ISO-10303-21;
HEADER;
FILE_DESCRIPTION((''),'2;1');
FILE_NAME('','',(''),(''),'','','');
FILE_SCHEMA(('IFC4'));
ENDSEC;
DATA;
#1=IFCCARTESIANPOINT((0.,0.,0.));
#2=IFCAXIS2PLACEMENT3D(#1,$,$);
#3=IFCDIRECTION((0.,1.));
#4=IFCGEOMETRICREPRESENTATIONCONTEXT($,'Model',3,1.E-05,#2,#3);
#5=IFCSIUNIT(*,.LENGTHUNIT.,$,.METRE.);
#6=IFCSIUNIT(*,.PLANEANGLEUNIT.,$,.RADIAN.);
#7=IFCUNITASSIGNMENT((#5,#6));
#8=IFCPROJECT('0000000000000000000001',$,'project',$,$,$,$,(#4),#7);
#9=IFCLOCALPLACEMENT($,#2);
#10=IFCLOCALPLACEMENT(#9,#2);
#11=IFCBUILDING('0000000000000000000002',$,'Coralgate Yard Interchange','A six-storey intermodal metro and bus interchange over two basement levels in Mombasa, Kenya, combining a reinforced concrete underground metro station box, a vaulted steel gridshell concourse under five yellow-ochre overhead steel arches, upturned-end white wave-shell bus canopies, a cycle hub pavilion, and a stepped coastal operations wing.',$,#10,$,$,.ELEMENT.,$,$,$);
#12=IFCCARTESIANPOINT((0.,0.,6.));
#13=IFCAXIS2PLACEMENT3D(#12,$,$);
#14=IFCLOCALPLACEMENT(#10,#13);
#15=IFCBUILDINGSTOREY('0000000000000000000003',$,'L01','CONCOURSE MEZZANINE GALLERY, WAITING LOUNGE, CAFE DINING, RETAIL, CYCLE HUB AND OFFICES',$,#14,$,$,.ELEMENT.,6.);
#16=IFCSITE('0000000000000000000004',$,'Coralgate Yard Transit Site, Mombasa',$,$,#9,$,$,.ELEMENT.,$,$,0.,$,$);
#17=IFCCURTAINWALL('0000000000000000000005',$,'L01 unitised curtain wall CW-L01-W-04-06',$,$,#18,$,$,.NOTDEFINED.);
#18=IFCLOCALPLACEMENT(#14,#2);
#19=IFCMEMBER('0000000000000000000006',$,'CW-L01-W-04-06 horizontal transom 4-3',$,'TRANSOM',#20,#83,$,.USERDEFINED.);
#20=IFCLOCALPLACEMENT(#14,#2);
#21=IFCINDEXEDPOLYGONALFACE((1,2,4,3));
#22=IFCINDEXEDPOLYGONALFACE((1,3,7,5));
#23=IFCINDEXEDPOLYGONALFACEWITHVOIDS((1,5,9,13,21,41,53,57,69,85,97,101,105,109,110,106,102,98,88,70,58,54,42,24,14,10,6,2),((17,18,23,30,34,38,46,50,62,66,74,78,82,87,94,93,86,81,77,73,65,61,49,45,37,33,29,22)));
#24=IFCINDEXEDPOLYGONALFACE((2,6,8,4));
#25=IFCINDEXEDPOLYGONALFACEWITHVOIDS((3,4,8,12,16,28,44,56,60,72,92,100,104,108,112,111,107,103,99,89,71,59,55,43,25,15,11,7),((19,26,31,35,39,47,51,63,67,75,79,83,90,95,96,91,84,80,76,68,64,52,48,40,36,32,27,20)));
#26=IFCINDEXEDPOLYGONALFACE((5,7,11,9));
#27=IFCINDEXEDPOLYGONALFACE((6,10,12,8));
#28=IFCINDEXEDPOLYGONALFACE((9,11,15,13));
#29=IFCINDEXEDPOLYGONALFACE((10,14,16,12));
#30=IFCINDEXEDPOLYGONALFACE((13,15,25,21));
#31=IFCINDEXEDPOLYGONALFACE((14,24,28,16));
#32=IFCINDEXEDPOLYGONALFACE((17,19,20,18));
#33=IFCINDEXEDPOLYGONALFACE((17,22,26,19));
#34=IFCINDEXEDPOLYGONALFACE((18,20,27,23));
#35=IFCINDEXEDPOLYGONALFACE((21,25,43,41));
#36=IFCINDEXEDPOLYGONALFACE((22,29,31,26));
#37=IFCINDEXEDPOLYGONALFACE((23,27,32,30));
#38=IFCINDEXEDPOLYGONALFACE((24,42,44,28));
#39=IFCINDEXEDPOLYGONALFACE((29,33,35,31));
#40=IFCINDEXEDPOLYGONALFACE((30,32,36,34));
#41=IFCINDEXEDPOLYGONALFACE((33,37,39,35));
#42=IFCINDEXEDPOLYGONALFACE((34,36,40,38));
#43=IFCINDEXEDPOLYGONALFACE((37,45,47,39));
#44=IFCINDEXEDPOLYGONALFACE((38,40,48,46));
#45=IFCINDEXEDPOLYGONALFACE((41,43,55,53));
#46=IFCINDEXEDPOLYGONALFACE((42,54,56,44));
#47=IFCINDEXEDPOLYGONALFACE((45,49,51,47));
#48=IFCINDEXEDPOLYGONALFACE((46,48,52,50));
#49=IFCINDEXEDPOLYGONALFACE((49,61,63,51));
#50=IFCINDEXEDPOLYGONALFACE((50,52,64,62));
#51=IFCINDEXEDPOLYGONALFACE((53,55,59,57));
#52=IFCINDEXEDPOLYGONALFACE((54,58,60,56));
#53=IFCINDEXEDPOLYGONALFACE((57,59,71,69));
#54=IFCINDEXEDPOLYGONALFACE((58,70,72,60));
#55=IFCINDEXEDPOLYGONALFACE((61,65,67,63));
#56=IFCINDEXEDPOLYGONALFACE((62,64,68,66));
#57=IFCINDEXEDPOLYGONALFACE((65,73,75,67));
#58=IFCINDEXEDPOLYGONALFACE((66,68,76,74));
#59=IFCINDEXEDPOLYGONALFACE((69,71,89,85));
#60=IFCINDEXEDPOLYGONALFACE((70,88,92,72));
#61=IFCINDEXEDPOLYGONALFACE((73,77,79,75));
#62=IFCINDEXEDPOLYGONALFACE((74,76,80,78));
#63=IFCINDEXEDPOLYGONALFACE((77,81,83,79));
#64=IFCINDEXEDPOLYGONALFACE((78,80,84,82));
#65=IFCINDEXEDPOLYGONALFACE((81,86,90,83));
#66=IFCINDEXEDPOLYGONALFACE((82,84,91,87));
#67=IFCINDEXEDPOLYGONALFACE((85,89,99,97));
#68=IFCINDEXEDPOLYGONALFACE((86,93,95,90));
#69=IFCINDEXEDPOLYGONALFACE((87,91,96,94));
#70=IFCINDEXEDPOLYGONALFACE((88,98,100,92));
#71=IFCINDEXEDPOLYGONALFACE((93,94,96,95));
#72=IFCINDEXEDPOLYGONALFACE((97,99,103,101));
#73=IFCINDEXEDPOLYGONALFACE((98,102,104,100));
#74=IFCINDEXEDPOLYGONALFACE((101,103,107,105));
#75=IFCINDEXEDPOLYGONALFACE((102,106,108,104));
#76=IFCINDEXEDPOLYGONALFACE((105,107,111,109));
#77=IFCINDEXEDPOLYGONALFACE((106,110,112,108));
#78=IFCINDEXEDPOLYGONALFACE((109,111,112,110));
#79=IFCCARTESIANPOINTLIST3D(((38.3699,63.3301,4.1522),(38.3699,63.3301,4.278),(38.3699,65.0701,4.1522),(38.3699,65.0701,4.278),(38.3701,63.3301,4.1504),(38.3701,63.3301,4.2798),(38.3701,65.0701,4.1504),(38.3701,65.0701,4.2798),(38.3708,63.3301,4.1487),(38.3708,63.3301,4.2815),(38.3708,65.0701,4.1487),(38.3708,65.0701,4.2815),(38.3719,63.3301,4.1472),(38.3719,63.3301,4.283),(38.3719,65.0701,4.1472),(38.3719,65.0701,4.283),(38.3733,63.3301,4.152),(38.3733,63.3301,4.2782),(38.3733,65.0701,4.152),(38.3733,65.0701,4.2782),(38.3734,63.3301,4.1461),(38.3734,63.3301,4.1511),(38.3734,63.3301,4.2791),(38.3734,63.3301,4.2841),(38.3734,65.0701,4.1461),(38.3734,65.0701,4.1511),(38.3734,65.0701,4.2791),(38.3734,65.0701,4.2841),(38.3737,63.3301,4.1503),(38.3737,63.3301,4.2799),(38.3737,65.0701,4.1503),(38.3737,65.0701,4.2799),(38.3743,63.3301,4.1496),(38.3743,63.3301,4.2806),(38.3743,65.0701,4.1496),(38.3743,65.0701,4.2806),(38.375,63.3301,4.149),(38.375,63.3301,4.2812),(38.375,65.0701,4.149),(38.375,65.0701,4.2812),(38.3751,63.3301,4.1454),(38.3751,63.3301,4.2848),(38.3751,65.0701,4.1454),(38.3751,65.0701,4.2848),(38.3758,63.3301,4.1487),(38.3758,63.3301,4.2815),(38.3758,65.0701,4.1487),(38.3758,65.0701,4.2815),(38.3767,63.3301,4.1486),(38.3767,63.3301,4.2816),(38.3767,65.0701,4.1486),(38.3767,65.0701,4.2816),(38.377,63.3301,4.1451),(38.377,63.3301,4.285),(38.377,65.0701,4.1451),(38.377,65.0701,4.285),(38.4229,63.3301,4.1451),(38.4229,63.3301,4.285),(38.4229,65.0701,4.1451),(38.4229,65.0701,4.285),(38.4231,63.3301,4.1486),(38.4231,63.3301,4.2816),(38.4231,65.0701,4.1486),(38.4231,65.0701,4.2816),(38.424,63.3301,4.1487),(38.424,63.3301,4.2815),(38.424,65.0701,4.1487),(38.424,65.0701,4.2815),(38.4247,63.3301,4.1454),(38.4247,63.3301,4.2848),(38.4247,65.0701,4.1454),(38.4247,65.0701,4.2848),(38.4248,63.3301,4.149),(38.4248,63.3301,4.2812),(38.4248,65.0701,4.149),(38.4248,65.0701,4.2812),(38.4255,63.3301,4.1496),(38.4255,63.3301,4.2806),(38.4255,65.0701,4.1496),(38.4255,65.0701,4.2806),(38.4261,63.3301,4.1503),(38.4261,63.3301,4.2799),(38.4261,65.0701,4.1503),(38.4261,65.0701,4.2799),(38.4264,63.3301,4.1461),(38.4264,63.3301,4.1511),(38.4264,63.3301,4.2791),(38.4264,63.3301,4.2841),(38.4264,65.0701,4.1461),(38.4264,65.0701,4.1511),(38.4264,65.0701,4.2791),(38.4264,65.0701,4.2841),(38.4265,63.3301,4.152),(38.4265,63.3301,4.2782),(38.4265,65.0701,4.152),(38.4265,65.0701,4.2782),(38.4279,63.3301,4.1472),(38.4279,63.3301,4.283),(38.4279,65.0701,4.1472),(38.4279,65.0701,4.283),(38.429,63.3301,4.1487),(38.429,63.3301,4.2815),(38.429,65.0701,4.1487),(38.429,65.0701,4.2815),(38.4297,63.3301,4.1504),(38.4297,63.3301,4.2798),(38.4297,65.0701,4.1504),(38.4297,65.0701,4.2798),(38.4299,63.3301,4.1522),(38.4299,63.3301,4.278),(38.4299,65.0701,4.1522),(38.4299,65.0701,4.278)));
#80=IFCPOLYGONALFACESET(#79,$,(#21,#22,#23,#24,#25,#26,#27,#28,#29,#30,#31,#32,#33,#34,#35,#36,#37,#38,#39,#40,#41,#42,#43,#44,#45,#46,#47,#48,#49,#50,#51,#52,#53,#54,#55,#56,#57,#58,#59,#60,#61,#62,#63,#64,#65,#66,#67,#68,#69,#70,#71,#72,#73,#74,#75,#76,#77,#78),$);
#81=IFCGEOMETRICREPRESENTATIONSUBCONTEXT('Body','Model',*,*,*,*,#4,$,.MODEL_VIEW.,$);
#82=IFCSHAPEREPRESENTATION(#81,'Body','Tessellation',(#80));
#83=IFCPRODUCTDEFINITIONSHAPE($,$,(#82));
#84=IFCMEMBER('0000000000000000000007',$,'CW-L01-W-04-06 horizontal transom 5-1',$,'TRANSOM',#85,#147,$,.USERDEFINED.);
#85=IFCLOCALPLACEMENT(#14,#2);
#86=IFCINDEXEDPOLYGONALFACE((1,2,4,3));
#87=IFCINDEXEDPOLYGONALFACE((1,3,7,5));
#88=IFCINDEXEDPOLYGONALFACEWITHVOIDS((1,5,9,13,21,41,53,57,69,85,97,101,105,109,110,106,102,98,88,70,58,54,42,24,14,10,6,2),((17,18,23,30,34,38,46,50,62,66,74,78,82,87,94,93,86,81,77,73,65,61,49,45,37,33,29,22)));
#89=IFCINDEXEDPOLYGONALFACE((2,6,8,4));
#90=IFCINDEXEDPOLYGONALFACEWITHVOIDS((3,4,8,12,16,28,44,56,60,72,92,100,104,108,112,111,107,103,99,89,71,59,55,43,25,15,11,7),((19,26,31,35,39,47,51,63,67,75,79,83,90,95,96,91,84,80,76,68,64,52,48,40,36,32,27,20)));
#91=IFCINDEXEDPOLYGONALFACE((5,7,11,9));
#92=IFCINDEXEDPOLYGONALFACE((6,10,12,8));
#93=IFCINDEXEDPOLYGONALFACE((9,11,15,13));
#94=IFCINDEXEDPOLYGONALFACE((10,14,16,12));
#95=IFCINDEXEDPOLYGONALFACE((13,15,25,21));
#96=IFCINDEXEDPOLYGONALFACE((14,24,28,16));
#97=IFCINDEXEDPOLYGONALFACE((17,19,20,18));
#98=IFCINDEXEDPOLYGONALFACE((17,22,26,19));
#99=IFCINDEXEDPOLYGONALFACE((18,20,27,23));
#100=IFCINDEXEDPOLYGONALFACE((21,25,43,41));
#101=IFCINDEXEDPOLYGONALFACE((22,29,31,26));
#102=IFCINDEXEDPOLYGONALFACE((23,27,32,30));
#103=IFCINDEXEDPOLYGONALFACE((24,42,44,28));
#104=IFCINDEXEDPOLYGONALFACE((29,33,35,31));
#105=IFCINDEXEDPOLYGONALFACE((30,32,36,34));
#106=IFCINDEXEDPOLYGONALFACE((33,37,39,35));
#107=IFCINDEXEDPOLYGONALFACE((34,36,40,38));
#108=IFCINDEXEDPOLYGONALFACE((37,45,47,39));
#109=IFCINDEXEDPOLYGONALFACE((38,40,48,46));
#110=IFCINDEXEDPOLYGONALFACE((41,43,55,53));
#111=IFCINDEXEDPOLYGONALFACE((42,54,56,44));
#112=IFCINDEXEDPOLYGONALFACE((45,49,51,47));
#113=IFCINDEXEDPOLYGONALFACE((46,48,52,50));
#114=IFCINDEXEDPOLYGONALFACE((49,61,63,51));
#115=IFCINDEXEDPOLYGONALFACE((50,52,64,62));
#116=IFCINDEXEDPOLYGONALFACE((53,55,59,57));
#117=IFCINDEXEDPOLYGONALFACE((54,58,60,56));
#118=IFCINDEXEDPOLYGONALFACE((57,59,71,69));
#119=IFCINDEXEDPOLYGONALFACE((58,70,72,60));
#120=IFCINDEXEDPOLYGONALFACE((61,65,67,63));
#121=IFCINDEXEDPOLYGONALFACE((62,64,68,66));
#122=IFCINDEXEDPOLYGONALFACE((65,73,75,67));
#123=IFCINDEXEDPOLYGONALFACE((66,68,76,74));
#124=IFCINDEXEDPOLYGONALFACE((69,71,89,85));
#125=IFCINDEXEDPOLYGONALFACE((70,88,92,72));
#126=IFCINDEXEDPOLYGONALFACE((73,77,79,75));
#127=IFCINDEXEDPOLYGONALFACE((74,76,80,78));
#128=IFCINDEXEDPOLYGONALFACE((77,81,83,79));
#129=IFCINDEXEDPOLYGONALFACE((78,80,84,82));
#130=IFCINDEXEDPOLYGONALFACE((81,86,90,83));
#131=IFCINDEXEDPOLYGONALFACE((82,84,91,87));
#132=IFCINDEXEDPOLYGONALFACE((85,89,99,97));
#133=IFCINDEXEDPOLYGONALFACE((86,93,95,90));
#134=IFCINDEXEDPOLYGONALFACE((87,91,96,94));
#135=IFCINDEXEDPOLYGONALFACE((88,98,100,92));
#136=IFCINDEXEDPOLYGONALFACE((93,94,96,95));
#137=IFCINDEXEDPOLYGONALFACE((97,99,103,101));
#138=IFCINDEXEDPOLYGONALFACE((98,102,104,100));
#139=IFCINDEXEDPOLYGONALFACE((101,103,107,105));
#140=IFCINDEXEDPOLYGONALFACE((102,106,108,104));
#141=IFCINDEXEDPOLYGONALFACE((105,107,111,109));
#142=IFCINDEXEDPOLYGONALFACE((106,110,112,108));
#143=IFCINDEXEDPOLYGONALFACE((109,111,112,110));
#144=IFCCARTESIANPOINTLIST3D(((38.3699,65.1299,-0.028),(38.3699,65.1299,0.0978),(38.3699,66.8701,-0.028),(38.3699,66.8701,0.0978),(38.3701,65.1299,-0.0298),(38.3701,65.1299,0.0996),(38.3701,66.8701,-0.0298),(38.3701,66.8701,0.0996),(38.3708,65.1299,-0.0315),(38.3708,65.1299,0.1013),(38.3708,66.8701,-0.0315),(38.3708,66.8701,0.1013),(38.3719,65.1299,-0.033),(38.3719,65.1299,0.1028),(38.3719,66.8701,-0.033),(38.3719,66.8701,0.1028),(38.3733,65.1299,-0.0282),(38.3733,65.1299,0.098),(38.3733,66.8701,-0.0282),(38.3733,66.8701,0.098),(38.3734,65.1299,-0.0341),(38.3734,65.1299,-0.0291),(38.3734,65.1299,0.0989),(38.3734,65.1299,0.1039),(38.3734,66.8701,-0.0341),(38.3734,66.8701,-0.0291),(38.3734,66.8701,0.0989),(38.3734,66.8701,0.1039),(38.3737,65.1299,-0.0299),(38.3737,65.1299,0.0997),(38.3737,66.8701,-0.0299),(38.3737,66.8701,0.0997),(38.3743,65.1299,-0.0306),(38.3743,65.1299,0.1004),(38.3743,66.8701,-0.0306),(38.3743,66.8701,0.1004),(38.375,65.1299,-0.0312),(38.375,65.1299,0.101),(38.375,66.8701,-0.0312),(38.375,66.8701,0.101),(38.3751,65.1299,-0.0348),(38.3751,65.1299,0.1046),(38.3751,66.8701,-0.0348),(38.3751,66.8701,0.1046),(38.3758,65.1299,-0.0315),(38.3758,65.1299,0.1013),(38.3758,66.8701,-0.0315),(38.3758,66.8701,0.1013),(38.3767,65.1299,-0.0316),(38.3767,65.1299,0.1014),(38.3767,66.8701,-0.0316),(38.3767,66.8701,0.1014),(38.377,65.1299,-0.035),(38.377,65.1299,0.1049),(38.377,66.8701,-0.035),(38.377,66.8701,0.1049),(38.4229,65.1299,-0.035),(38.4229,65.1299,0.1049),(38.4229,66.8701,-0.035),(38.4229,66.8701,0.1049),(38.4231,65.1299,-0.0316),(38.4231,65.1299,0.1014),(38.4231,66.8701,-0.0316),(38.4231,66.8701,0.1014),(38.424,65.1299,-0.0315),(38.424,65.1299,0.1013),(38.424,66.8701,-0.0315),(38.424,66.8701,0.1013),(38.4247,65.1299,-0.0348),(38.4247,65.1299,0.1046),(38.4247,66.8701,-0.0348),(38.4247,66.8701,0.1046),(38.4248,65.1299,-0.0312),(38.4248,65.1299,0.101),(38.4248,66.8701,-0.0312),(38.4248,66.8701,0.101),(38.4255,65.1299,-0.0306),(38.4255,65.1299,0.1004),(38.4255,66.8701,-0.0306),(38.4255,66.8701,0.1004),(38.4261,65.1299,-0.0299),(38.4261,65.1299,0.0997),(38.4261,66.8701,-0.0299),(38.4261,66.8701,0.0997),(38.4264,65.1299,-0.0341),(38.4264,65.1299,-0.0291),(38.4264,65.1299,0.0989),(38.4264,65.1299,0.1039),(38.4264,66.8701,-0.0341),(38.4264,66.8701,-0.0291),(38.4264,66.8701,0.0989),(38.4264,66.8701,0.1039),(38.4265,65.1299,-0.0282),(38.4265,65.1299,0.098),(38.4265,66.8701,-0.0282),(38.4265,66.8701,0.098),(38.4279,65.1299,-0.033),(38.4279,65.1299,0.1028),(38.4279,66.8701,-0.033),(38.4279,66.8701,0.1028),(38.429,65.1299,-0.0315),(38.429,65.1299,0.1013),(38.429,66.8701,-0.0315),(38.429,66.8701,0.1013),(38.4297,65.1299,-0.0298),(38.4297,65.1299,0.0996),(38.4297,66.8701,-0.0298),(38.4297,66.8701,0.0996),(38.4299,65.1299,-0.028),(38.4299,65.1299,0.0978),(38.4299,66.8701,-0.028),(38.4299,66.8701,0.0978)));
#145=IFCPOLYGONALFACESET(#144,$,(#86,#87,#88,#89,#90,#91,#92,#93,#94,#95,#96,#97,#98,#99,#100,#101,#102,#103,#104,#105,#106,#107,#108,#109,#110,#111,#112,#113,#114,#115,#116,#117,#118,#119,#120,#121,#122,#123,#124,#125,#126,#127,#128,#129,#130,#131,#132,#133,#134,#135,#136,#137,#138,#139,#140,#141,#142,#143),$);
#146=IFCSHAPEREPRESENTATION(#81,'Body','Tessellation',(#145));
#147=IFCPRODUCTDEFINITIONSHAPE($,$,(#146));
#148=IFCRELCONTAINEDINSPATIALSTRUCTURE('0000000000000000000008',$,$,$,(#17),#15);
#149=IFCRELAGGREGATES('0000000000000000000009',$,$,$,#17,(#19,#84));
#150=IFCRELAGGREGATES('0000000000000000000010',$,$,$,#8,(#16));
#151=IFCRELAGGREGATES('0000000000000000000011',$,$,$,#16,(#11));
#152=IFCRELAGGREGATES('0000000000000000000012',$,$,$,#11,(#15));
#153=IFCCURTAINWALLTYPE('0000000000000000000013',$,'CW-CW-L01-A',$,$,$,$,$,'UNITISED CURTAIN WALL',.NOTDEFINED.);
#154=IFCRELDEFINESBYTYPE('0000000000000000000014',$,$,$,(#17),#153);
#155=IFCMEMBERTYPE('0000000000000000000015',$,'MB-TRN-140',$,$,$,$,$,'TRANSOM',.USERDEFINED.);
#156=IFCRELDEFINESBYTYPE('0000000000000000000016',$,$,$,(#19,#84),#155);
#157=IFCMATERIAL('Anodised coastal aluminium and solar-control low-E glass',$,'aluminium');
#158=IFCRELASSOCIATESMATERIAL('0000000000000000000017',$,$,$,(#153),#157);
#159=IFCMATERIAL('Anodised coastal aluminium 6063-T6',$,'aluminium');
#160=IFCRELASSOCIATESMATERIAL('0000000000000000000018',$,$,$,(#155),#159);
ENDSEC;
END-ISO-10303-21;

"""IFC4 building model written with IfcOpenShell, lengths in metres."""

from ifc_helpers import new_model, si_unit, direction, frame, origin, origin_2d, place, context, subcontext, project, spatial, hollow_rectangle, extrude, material, material_profile, profile_set, type_object, element, aggregate, save


model = new_model("IFC4")

# Units and contexts
model_context = context("Model", 3, precision=1e-05, world=origin(), true_north=direction((0.0, 1.0)))
body_context = subcontext(model_context, "Body", "Model", "MODEL_VIEW")
ifc_project = project(units=[si_unit("LENGTHUNIT", "METRE"), si_unit("PLANEANGLEUNIT", "RADIAN")], contexts=[model_context])

# Site, building, storey
site_placement = place(None, origin())
site = spatial("IfcSite", under=ifc_project, at=site_placement, Name="Coralgate Yard Transit Site, Mombasa", CompositionType="ELEMENT", RefElevation=0.0)
building_placement = place(site_placement, origin())
building = spatial("IfcBuilding", under=site, at=building_placement, Name="Coralgate Yard Interchange", Description="A six-storey intermodal metro and bus interchange over two basement levels in Mombasa, Kenya, combining a reinforced concrete underground metro station box, a vaulted steel gridshell concourse under five yellow-ochre overhead steel arches, upturned-end white wave-shell bus canopies, a cycle hub pavilion, and a stepped coastal operations wing.", CompositionType="ELEMENT")
storey_placement = place(building_placement, frame((0.0, 0.0, 6.0)))
storey = spatial("IfcBuildingStorey", under=building, at=storey_placement, Name="L01", Description="CONCOURSE MEZZANINE GALLERY, WAITING LOUNGE, CAFE DINING, RETAIL, CYCLE HUB AND OFFICES", CompositionType="ELEMENT", Elevation=6.0)

# Curtain wall, members
ifc_material_1 = material(Name="Anodised coastal aluminium and solar-control low-E glass", Category="aluminium")
curtain_wall_type = type_object("IfcCurtainWallType", Name="CW-CW-L01-A", ElementType="UNITISED CURTAIN WALL", PredefinedType="NOTDEFINED", material=ifc_material_1)
curtain_wall_placement = place(storey_placement, origin())
curtain_wall = element("IfcCurtainWall", 1, at=curtain_wall_placement, inside=storey, type_object=curtain_wall_type, Name="L01 unitised curtain wall CW-L01-W-04-06", PredefinedType="NOTDEFINED")
ifc_material_2 = material(Name="Anodised coastal aluminium 6063-T6", Category="aluminium")
ifc_material_profile_1 = material_profile(ifc_material_2, hollow_rectangle(XDim=0.0601, YDim=0.1399, WallThickness=0.0034, InnerFilletRadius=0.0034, OuterFilletRadius=0.0071, at=origin_2d()), Name="ALU 60x140x3.5")
ifc_profile_set_1 = profile_set([ifc_material_profile_1], Name="Anodised coastal aluminium 6063-T6")
member_type_1 = type_object("IfcMemberType", Name="MB-TRN-140", ElementType="TRANSOM", PredefinedType="USERDEFINED", material=ifc_profile_set_1)
member_1_placement = place(storey_placement, frame((38.3999, 63.3301, 4.2151), z_axis=(0.0, 1.0, 0.0), x_axis=(-1.0, 0.0, 0.0)))
member_1 = element("IfcMember", 2, at=member_1_placement, type_object=member_type_1, Name="CW-L01-W-04-06 horizontal transom 4-3", ObjectType="TRANSOM", PredefinedType="USERDEFINED", context=body_context, shape_type="SweptSolid", body=[
    extrude(hollow_rectangle(XDim=0.0601, YDim=0.1399, WallThickness=0.0034, InnerFilletRadius=0.0034, OuterFilletRadius=0.0071, at=origin_2d()), origin(), (0.0, 0.0, 1.0), 1.74),
])
member_2_placement = place(storey_placement, frame((38.3999, 65.1299, 0.0349), z_axis=(0.0, 1.0, 0.0), x_axis=(-1.0, 0.0, 0.0)))
member_2 = element("IfcMember", 3, at=member_2_placement, type_object=member_type_1, Name="CW-L01-W-04-06 horizontal transom 5-1", ObjectType="TRANSOM", PredefinedType="USERDEFINED", context=body_context, shape_type="SweptSolid", body=[
    extrude(hollow_rectangle(XDim=0.0601, YDim=0.1399, WallThickness=0.0034, InnerFilletRadius=0.0034, OuterFilletRadius=0.0071, at=origin_2d()), origin(), (0.0, 0.0, 1.0), 1.7402),
])
aggregate(curtain_wall, [member_1, member_2])

save(model, "model.ifc")
